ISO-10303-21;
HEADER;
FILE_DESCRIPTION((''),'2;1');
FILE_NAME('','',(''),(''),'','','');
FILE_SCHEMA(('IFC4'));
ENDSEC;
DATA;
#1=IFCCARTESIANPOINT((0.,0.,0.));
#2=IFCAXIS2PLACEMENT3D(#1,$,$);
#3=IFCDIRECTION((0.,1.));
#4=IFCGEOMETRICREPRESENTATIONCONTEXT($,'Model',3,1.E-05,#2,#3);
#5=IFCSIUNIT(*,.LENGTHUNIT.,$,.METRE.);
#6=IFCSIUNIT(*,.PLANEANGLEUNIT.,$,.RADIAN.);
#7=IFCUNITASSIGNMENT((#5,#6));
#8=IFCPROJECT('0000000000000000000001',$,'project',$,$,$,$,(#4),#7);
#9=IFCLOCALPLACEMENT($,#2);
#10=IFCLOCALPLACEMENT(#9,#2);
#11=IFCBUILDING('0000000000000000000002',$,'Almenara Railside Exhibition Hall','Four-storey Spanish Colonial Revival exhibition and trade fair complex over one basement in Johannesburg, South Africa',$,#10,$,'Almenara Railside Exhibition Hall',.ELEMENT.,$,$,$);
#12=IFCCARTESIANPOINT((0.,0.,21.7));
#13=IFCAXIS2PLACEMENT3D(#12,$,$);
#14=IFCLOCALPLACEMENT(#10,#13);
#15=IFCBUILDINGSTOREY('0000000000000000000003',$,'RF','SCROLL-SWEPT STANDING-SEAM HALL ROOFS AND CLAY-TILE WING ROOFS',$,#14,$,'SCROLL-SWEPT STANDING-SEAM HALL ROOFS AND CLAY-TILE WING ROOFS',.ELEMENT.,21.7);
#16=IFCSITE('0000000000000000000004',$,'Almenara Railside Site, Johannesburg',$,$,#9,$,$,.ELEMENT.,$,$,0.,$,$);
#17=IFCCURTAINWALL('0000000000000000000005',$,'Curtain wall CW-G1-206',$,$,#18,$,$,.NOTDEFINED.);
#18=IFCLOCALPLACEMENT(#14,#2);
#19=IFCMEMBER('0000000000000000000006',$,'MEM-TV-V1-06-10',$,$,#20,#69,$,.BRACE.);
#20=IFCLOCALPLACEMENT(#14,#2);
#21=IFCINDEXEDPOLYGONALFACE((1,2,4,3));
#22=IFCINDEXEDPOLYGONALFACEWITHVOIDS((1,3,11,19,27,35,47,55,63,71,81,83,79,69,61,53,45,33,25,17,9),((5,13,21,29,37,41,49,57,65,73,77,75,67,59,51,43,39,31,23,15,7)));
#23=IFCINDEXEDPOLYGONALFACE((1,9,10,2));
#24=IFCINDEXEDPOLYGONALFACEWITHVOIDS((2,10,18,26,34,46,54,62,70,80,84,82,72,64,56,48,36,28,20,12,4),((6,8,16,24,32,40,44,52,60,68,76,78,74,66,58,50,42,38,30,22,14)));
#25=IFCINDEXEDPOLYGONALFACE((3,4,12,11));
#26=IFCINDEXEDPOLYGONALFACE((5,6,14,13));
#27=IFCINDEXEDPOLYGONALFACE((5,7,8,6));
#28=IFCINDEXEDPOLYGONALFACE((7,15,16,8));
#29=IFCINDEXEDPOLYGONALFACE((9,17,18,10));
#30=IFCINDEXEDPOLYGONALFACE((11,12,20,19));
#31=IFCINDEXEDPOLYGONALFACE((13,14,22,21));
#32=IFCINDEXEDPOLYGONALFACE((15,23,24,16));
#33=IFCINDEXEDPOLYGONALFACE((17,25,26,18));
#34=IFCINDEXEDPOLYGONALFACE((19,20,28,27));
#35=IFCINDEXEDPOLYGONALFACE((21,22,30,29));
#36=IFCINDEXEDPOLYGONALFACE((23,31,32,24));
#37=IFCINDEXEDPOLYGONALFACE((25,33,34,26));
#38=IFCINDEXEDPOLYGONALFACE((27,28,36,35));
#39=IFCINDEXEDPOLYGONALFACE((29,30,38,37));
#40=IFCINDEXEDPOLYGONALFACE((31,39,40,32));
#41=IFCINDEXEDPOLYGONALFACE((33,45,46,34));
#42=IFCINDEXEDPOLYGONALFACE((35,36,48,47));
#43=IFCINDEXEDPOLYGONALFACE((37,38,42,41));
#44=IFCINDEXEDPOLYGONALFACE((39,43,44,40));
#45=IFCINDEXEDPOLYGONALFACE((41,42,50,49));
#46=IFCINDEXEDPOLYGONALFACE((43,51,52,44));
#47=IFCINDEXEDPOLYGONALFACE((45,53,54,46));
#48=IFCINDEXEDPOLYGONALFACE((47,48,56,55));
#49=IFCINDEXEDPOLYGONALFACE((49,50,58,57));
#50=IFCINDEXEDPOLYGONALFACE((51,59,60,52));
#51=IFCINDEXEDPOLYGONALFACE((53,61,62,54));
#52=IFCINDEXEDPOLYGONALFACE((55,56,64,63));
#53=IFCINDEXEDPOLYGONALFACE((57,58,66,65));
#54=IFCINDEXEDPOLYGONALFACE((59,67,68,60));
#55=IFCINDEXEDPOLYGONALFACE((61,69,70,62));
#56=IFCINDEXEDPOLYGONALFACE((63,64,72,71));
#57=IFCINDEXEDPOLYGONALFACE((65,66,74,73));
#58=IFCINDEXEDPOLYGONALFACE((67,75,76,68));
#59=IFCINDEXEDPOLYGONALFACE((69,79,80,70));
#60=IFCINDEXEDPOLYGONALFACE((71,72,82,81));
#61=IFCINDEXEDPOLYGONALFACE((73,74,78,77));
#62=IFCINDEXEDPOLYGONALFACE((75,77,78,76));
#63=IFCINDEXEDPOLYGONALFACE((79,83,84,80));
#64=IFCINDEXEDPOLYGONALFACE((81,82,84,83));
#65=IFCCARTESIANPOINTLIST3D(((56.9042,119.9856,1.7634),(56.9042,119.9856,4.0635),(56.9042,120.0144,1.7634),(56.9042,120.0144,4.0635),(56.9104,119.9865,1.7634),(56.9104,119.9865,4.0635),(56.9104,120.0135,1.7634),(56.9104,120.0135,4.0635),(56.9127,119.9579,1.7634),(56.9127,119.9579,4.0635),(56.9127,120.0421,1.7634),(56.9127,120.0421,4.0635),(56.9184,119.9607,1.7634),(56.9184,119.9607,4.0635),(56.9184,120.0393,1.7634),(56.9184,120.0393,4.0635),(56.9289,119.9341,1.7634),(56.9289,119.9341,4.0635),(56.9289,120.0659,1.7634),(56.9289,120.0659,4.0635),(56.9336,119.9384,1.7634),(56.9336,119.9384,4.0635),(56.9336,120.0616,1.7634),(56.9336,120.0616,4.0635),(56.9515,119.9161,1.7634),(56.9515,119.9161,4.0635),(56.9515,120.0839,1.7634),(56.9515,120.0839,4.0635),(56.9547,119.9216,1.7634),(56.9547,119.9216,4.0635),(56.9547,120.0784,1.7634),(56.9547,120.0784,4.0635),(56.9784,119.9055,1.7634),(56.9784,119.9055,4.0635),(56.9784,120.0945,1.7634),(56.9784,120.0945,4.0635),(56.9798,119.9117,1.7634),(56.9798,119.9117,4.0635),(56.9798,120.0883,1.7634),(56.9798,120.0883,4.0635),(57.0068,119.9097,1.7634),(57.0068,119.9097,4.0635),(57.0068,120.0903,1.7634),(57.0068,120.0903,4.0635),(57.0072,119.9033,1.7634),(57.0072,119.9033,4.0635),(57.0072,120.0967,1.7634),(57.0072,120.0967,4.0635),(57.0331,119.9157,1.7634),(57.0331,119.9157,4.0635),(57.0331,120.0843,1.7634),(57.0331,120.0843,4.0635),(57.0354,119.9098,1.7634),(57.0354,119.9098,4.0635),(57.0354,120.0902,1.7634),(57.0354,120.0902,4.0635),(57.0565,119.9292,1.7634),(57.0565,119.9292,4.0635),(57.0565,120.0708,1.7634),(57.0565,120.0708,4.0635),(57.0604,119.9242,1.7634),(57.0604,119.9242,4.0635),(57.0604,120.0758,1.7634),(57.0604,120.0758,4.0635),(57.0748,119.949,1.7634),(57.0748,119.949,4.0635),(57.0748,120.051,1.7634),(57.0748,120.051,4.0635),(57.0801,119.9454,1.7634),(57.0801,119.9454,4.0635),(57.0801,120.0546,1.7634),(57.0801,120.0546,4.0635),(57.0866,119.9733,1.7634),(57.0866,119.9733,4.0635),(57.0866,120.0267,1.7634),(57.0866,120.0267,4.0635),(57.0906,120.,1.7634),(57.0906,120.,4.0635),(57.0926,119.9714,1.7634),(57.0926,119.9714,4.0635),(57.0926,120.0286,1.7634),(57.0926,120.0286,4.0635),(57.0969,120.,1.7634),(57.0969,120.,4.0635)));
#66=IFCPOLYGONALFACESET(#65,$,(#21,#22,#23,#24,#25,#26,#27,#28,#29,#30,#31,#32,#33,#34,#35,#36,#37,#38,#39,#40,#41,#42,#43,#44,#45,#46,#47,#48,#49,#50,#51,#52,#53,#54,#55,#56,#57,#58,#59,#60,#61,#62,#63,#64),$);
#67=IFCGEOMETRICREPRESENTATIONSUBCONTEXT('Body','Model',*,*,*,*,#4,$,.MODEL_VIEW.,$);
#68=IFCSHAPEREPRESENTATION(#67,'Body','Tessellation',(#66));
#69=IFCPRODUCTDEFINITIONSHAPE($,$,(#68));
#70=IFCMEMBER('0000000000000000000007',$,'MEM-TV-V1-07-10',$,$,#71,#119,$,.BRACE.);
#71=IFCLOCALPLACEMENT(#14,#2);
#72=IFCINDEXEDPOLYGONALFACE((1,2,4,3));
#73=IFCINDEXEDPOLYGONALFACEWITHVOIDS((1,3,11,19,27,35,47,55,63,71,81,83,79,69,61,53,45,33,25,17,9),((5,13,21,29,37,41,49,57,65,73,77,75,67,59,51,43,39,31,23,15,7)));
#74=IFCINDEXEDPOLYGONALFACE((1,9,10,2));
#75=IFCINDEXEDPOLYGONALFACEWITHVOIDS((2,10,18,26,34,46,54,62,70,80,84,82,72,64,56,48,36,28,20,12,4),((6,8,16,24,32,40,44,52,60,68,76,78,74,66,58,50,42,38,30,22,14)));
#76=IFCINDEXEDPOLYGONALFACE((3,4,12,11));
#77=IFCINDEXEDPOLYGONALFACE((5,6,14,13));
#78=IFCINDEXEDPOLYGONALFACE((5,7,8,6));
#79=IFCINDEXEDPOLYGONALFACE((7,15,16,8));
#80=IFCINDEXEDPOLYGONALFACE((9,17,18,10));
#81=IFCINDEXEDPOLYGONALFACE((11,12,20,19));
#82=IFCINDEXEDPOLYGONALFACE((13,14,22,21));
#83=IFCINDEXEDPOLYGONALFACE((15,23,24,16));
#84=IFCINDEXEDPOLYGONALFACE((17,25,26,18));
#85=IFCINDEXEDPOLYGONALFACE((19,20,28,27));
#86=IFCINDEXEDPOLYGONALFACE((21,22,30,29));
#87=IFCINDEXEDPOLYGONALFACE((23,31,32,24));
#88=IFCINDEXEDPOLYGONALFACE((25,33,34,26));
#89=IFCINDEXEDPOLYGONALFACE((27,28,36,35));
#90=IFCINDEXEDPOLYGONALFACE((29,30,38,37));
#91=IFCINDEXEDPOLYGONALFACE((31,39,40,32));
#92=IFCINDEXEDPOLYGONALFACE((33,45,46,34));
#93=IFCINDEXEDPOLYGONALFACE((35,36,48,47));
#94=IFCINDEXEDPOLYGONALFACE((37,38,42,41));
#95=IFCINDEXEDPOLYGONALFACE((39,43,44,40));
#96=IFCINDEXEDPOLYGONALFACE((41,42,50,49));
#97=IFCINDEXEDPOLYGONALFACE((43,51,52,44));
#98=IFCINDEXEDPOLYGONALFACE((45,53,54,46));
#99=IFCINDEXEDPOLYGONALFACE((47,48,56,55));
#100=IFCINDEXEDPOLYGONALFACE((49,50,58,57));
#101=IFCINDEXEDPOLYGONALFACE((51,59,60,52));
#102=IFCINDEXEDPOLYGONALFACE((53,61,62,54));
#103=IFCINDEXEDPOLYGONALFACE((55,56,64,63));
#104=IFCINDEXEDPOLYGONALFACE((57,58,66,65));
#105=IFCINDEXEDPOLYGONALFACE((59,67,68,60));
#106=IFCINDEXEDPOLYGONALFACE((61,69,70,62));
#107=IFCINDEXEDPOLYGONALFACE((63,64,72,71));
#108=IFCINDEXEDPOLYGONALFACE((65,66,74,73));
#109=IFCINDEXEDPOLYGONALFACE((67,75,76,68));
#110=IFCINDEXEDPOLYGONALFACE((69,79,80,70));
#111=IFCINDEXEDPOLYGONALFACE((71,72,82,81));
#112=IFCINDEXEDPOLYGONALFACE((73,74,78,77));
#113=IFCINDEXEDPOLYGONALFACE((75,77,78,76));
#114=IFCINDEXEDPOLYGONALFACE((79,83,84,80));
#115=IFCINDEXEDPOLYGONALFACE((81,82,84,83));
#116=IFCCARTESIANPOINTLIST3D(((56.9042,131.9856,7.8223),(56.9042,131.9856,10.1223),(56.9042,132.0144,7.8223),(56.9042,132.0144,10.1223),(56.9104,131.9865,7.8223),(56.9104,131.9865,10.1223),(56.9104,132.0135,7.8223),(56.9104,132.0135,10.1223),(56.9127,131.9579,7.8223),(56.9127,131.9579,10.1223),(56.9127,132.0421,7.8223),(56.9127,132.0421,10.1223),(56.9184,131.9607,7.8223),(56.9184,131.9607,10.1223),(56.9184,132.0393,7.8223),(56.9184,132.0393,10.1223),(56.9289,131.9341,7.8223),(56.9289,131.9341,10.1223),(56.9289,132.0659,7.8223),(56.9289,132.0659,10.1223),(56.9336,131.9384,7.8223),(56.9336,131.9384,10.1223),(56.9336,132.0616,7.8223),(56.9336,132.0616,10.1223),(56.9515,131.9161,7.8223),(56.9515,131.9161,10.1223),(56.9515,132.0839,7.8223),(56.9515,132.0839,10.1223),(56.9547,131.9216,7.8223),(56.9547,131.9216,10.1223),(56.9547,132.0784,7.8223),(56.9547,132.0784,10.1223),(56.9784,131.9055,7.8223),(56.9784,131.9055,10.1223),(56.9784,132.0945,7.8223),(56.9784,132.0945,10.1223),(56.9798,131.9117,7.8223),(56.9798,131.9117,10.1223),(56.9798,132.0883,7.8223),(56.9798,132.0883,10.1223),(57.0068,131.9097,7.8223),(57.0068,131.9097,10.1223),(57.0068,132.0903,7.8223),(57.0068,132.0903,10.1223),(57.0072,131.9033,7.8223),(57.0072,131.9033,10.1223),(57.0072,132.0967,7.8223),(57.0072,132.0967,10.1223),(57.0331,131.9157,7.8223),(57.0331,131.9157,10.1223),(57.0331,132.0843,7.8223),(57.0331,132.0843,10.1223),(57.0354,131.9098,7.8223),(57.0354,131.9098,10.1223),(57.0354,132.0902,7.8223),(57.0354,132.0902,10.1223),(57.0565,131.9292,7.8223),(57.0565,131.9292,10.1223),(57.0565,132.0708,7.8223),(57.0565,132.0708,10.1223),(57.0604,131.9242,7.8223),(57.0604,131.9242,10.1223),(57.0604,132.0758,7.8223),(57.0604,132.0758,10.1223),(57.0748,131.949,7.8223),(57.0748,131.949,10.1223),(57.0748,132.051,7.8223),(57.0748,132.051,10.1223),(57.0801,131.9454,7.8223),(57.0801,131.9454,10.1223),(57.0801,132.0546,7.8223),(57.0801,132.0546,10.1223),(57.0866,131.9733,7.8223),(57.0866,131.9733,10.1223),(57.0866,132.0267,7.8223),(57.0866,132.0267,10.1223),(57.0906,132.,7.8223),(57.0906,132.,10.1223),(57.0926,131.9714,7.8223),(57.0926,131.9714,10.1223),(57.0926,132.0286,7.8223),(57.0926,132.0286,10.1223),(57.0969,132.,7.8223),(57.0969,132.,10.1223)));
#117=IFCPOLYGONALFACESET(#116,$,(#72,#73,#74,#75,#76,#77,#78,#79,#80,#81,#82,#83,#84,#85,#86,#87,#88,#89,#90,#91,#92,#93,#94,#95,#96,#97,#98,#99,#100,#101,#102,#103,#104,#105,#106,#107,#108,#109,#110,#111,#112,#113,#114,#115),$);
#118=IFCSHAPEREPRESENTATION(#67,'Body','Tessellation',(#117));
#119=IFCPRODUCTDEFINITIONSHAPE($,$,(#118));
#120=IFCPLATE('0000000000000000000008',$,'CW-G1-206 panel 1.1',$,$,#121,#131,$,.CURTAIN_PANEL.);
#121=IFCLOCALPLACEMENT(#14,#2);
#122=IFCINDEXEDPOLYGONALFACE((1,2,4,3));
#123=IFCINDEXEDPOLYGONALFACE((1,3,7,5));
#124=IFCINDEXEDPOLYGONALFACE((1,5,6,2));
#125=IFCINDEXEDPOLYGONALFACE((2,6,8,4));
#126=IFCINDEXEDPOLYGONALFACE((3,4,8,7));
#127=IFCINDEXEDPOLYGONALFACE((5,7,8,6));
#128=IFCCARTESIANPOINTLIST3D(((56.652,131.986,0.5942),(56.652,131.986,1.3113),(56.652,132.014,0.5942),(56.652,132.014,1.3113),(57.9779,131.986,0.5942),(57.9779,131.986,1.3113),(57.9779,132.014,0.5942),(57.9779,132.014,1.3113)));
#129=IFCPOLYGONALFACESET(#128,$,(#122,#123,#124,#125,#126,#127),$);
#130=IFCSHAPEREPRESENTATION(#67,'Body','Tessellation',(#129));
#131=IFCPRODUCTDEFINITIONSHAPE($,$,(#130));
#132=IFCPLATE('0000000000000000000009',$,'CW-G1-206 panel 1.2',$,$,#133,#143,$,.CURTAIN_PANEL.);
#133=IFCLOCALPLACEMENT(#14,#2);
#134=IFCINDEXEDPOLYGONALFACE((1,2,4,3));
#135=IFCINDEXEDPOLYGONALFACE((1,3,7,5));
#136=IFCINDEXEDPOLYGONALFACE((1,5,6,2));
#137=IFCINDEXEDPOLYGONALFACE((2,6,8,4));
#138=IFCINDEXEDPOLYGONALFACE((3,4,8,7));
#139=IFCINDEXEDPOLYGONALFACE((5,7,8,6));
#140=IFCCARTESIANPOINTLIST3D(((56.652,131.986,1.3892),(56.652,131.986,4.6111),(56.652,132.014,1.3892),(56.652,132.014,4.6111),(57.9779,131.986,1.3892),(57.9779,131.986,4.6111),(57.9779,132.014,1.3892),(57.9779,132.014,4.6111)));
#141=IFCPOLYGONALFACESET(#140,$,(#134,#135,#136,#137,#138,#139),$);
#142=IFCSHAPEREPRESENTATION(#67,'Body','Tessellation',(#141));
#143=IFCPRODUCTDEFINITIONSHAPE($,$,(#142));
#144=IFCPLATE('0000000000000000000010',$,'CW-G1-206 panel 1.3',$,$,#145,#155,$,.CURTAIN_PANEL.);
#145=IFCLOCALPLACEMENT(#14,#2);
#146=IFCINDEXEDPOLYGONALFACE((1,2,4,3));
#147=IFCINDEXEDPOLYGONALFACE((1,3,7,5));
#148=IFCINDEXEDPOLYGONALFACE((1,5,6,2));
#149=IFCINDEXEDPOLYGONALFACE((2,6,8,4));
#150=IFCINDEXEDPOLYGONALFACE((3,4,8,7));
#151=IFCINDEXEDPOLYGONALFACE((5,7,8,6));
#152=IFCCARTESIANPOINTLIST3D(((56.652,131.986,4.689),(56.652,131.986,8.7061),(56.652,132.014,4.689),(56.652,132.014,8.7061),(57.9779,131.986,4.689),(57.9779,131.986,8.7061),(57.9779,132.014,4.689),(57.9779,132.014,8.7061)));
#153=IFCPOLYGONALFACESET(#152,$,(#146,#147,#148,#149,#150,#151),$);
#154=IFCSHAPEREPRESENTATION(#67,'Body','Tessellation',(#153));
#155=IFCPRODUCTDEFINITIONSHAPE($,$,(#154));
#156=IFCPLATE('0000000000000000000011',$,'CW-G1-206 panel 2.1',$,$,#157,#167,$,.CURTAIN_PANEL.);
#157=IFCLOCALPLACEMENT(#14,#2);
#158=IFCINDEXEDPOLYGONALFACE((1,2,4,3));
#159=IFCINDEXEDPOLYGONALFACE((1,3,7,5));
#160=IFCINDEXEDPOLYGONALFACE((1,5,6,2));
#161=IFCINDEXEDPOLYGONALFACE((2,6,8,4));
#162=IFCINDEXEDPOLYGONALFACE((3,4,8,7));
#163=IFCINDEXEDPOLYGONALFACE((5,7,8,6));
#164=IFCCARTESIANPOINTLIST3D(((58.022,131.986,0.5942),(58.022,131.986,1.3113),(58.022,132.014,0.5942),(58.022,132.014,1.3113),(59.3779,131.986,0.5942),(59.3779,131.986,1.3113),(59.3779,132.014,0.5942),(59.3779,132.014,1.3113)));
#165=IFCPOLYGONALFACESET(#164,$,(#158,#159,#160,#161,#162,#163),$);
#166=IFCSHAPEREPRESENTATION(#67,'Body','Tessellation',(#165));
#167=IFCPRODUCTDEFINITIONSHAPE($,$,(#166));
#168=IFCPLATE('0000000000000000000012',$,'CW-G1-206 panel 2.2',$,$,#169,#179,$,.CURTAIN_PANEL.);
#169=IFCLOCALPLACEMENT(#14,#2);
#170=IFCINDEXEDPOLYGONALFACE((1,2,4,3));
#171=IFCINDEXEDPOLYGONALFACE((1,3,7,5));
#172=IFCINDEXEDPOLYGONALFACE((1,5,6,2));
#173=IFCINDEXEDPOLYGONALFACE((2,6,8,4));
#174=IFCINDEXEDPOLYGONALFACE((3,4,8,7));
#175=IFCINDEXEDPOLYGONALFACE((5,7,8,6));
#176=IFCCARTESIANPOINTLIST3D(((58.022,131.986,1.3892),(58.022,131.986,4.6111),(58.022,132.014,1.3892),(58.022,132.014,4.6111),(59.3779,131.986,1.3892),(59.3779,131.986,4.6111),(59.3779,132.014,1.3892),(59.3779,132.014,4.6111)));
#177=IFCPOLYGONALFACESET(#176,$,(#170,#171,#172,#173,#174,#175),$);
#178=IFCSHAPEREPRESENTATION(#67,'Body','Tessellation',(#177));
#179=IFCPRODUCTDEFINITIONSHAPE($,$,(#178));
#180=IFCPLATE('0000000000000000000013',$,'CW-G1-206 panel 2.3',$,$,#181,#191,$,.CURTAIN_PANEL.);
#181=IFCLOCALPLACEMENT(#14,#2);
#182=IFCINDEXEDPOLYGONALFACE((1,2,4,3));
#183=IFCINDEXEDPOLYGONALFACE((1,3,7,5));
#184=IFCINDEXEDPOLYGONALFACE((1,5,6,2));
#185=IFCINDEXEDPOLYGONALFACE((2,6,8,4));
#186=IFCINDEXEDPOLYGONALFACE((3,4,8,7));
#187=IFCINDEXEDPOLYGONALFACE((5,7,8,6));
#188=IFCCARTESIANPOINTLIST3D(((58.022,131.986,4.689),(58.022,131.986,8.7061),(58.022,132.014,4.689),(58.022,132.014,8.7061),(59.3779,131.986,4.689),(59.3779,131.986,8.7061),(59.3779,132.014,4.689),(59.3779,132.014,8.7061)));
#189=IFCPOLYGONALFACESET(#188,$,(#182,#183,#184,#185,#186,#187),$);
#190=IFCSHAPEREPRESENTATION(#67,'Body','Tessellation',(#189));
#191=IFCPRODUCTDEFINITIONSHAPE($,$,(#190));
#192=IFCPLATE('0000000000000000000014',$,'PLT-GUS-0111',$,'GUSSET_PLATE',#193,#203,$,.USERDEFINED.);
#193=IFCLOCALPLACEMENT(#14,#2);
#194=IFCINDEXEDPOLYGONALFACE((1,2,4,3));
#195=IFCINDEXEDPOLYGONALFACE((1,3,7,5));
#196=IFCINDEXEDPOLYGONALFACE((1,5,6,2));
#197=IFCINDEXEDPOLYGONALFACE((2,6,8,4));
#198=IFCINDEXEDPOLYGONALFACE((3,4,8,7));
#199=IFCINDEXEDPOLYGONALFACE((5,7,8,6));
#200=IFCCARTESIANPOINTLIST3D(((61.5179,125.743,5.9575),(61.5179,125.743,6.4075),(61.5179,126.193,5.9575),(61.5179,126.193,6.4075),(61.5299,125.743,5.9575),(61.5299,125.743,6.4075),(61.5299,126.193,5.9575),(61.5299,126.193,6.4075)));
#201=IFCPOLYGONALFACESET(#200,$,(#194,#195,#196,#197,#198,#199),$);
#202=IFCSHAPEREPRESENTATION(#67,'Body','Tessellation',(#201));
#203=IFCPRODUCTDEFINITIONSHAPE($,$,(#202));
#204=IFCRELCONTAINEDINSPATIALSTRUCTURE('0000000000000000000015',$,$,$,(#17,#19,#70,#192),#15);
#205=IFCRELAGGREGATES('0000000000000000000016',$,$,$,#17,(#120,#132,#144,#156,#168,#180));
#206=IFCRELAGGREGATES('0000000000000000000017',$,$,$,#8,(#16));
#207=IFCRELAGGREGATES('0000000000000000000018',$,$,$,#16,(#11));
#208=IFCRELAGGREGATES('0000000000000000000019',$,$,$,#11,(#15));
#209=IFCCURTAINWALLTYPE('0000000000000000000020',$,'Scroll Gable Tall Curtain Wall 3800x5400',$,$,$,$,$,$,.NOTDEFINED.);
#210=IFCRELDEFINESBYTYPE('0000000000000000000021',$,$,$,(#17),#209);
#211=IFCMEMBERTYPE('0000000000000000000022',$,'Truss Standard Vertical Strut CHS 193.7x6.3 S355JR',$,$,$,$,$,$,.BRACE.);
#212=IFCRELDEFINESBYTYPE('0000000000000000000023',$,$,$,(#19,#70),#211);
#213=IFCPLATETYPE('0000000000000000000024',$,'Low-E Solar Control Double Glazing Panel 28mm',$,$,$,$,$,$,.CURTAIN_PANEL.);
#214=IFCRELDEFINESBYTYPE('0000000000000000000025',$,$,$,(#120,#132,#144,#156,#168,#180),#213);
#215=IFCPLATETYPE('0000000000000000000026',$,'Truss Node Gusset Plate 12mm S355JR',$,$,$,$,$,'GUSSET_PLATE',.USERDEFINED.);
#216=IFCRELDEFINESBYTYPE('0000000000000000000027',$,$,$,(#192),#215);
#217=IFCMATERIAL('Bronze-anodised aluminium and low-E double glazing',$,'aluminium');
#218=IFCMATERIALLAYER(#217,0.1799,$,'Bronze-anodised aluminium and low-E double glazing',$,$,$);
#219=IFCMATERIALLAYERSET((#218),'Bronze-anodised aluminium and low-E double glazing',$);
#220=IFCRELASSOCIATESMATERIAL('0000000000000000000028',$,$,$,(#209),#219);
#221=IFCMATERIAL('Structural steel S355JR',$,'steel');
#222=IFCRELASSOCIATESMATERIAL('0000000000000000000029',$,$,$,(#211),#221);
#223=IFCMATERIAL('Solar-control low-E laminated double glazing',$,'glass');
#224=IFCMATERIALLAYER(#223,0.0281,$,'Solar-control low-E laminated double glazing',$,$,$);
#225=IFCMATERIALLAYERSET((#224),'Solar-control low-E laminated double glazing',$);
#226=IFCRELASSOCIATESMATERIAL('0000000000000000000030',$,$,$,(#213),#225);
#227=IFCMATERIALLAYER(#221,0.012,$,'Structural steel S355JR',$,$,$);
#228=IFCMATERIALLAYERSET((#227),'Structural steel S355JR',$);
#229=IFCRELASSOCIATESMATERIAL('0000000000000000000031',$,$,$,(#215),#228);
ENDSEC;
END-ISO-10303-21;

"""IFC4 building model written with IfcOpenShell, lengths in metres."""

from ifc_helpers import new_model, si_unit, direction, frame, origin, origin_2d, place, context, subcontext, project, spatial, rectangle, hollow_circle, extrude, material, layer, layer_set, material_profile, profile_set, type_object, element, aggregate, save


model = new_model("IFC4")

# Units and contexts
model_context = context("Model", 3, precision=1e-05, world=origin(), true_north=direction((0.0, 1.0)))
body_context = subcontext(model_context, "Body", "Model", "MODEL_VIEW")
ifc_project = project(units=[si_unit("LENGTHUNIT", "METRE"), si_unit("PLANEANGLEUNIT", "RADIAN")], contexts=[model_context])

# Site, building, storey
site_placement = place(None, origin())
site = spatial("IfcSite", under=ifc_project, at=site_placement, Name="Almenara Railside Site, Johannesburg", CompositionType="ELEMENT", RefElevation=0.0)
building_placement = place(site_placement, origin())
building = spatial("IfcBuilding", under=site, at=building_placement, Name="Almenara Railside Exhibition Hall", Description="Four-storey Spanish Colonial Revival exhibition and trade fair complex over one basement in Johannesburg, South Africa", LongName="Almenara Railside Exhibition Hall", CompositionType="ELEMENT")
storey_placement = place(building_placement, frame((0.0, 0.0, 21.7)))
storey = spatial("IfcBuildingStorey", under=building, at=storey_placement, Name="RF", Description="SCROLL-SWEPT STANDING-SEAM HALL ROOFS AND CLAY-TILE WING ROOFS", LongName="SCROLL-SWEPT STANDING-SEAM HALL ROOFS AND CLAY-TILE WING ROOFS", CompositionType="ELEMENT", Elevation=21.7)

# Shared definitions
ifc_material_1 = material(Name="Structural steel S355JR", Category="steel")

# Curtain wall
ifc_material_2 = material(Name="Bronze-anodised aluminium and low-E double glazing", Category="aluminium")
ifc_layer_1 = layer(ifc_material_2, 0.1799, Name="Bronze-anodised aluminium and low-E double glazing")
ifc_layer_set_1 = layer_set([ifc_layer_1], Name="Bronze-anodised aluminium and low-E double glazing")
curtain_wall_type = type_object("IfcCurtainWallType", Name="Scroll Gable Tall Curtain Wall 3800x5400", PredefinedType="NOTDEFINED", material=ifc_layer_set_1)
curtain_wall_placement = place(storey_placement, origin())
curtain_wall = element("IfcCurtainWall", 1, at=curtain_wall_placement, inside=storey, type_object=curtain_wall_type, Name="Curtain wall CW-G1-206", PredefinedType="NOTDEFINED")

# Members
ifc_material_profile_1 = material_profile(ifc_material_1, hollow_circle(Radius=0.0969, WallThickness=0.0063, at=origin_2d()), Name="CHS 193.7x6.3")
ifc_profile_set_1 = profile_set([ifc_material_profile_1], Name="Structural steel S355JR")
member_type_1 = type_object("IfcMemberType", Name="Truss Standard Vertical Strut CHS 193.7x6.3 S355JR", PredefinedType="BRACE", material=ifc_profile_set_1)
for number, where, z_axis, x_axis, name in (
    (2, (57.0, 120.0, 1.7634), (0.0, 0.0, 1.0), (1.0, 0.0, 0.0), "MEM-TV-V1-06-10"),
    (3, (57.0, 132.0, 7.8223), (0.0, 0.0, 1.0), (1.0, 0.0, 0.0), "MEM-TV-V1-07-10"),
):
    element("IfcMember", number, at=place(storey_placement, frame(where, z_axis=z_axis, x_axis=x_axis)), inside=storey, type_object=member_type_1, Name=name, PredefinedType="BRACE", context=body_context, shape_type="SweptSolid", body=[
        extrude(hollow_circle(Radius=0.0969, WallThickness=0.0063, at=origin_2d()), origin(), (0.0, 0.0, 1.0), 2.3),
    ])

# Plates
ifc_material_3 = material(Name="Solar-control low-E laminated double glazing", Category="glass")
ifc_layer_2 = layer(ifc_material_3, 0.0281, Name="Solar-control low-E laminated double glazing")
ifc_layer_set_2 = layer_set([ifc_layer_2], Name="Solar-control low-E laminated double glazing")
plate_type_1 = type_object("IfcPlateType", Name="Low-E Solar Control Double Glazing Panel 28mm", PredefinedType="CURTAIN_PANEL", material=ifc_layer_set_2)
plate_1_placement = place(storey_placement, frame((57.3149, 132.0, 0.5942), z_axis=(0.0, 0.0, 1.0), x_axis=(1.0, 0.0, 0.0)))
plate_1 = element("IfcPlate", 4, at=plate_1_placement, type_object=plate_type_1, Name="CW-G1-206 panel 1.1", PredefinedType="CURTAIN_PANEL", context=body_context, shape_type="SweptSolid", body=[
    extrude(rectangle(XDim=1.3259, YDim=0.0281, at=origin_2d()), origin(), (0.0, 0.0, 1.0), 0.717),
])
plate_2_placement = place(storey_placement, frame((57.3149, 132.0, 1.3892), z_axis=(0.0, 0.0, 1.0), x_axis=(1.0, 0.0, 0.0)))
plate_2 = element("IfcPlate", 5, at=plate_2_placement, type_object=plate_type_1, Name="CW-G1-206 panel 1.2", PredefinedType="CURTAIN_PANEL", context=body_context, shape_type="SweptSolid", body=[
    extrude(rectangle(XDim=1.3259, YDim=0.0281, at=origin_2d()), origin(), (0.0, 0.0, 1.0), 3.2219),
])
plate_3_placement = place(storey_placement, frame((57.3149, 132.0, 4.689), z_axis=(0.0, 0.0, 1.0), x_axis=(1.0, 0.0, 0.0)))
plate_3 = element("IfcPlate", 6, at=plate_3_placement, type_object=plate_type_1, Name="CW-G1-206 panel 1.3", PredefinedType="CURTAIN_PANEL", context=body_context, shape_type="SweptSolid", body=[
    extrude(rectangle(XDim=1.3259, YDim=0.0281, at=origin_2d()), origin(), (0.0, 0.0, 1.0), 4.0171),
])
plate_4_placement = place(storey_placement, frame((58.7, 132.0, 0.5942), z_axis=(0.0, 0.0, 1.0), x_axis=(1.0, 0.0, 0.0)))
plate_4 = element("IfcPlate", 7, at=plate_4_placement, type_object=plate_type_1, Name="CW-G1-206 panel 2.1", PredefinedType="CURTAIN_PANEL", context=body_context, shape_type="SweptSolid", body=[
    extrude(rectangle(XDim=1.356, YDim=0.0281, at=origin_2d()), origin(), (0.0, 0.0, 1.0), 0.717),
])
plate_5_placement = place(storey_placement, frame((58.7, 132.0, 1.3892), z_axis=(0.0, 0.0, 1.0), x_axis=(1.0, 0.0, 0.0)))
plate_5 = element("IfcPlate", 8, at=plate_5_placement, type_object=plate_type_1, Name="CW-G1-206 panel 2.2", PredefinedType="CURTAIN_PANEL", context=body_context, shape_type="SweptSolid", body=[
    extrude(rectangle(XDim=1.356, YDim=0.0281, at=origin_2d()), origin(), (0.0, 0.0, 1.0), 3.2219),
])
plate_6_placement = place(storey_placement, frame((58.7, 132.0, 4.689), z_axis=(0.0, 0.0, 1.0), x_axis=(1.0, 0.0, 0.0)))
plate_6 = element("IfcPlate", 9, at=plate_6_placement, type_object=plate_type_1, Name="CW-G1-206 panel 2.3", PredefinedType="CURTAIN_PANEL", context=body_context, shape_type="SweptSolid", body=[
    extrude(rectangle(XDim=1.356, YDim=0.0281, at=origin_2d()), origin(), (0.0, 0.0, 1.0), 4.0171),
])
aggregate(curtain_wall, [plate_1, plate_2, plate_3, plate_4, plate_5, plate_6])

# Plate
ifc_layer_3 = layer(ifc_material_1, 0.012, Name="Structural steel S355JR")
ifc_layer_set_3 = layer_set([ifc_layer_3], Name="Structural steel S355JR")
plate_type_2 = type_object("IfcPlateType", Name="Truss Node Gusset Plate 12mm S355JR", ElementType="GUSSET_PLATE", PredefinedType="USERDEFINED", material=ifc_layer_set_3)
for number, where, z_axis, x_axis, name in (
    (10, (61.5239, 125.968, 5.9575), (0.0, 0.0, 1.0), (0.0, 1.0, 0.0), "PLT-GUS-0111"),
):
    element("IfcPlate", number, at=place(storey_placement, frame(where, z_axis=z_axis, x_axis=x_axis)), inside=storey, type_object=plate_type_2, Name=name, ObjectType="GUSSET_PLATE", PredefinedType="USERDEFINED", context=body_context, shape_type="SweptSolid", body=[
        extrude(rectangle(XDim=0.45, YDim=0.012, at=origin_2d()), origin(), (0.0, 0.0, 1.0), 0.45),
    ])

save(model, "model.ifc")
